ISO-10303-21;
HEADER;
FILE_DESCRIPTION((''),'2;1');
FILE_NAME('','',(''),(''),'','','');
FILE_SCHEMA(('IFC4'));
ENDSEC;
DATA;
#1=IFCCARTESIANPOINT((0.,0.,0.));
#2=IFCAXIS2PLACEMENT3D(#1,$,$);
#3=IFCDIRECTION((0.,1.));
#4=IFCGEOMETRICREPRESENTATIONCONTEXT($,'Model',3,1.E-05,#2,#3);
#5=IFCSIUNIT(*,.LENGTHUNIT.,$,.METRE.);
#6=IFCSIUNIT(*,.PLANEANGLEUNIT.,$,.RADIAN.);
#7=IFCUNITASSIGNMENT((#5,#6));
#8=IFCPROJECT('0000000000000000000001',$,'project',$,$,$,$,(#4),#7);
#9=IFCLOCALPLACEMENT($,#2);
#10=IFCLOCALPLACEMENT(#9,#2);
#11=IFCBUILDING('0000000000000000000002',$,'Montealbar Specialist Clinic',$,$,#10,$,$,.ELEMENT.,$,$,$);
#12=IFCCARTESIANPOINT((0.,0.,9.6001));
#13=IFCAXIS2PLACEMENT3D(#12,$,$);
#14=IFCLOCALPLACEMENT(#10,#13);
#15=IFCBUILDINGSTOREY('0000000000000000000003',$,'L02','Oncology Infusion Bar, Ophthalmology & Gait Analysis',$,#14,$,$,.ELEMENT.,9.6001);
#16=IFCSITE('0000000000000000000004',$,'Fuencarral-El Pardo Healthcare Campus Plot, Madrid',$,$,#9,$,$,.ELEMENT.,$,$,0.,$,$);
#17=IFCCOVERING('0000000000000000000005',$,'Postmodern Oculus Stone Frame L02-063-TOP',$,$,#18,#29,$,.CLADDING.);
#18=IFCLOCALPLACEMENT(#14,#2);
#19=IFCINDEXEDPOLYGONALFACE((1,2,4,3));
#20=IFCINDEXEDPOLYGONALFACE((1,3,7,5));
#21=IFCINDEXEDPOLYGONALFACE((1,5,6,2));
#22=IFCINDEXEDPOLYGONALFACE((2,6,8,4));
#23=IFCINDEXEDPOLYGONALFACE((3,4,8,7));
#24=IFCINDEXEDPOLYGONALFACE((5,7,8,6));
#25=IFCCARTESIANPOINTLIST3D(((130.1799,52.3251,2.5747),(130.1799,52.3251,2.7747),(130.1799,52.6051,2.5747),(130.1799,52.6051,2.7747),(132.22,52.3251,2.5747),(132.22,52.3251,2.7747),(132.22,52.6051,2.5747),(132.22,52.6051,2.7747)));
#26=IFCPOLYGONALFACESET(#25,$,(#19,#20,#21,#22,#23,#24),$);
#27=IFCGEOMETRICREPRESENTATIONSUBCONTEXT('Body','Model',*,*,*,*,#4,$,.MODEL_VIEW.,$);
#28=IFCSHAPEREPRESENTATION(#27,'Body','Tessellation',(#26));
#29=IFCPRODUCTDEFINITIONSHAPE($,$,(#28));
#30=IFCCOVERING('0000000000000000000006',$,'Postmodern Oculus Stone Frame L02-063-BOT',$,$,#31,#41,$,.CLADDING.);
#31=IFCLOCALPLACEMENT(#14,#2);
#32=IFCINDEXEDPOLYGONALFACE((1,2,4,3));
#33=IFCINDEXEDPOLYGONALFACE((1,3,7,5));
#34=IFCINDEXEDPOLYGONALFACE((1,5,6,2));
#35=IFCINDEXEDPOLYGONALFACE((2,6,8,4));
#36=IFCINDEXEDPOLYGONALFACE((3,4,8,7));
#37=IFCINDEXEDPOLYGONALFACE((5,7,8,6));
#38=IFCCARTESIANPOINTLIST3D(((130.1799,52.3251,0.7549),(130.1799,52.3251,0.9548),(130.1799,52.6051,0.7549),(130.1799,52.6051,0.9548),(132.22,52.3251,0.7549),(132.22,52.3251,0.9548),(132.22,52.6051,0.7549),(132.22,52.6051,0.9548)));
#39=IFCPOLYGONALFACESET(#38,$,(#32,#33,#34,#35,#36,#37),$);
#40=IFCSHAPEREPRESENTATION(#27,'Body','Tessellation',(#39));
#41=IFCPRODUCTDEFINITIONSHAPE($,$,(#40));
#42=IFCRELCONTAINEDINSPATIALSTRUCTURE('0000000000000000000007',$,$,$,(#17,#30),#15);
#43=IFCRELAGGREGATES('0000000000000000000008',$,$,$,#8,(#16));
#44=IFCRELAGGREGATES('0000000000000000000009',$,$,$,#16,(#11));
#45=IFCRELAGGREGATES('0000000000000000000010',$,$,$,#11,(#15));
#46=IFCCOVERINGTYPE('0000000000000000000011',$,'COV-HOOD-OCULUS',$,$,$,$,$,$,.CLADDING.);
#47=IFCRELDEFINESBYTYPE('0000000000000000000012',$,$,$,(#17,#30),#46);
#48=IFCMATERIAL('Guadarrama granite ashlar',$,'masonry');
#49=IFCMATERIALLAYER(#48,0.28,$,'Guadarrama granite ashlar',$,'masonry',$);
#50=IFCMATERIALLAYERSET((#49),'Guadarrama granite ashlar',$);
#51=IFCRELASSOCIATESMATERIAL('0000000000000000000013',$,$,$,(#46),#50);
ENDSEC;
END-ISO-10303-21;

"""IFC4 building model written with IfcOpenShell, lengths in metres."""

from ifc_helpers import new_model, si_unit, direction, frame, origin, origin_2d, place, context, subcontext, project, spatial, rectangle, extrude, material, layer, layer_set, type_object, element, save


model = new_model("IFC4")

# Units and contexts
model_context = context("Model", 3, precision=1e-05, world=origin(), true_north=direction((0.0, 1.0)))
body_context = subcontext(model_context, "Body", "Model", "MODEL_VIEW")
ifc_project = project(units=[si_unit("LENGTHUNIT", "METRE"), si_unit("PLANEANGLEUNIT", "RADIAN")], contexts=[model_context])

# Site, building, storey
site_placement = place(None, origin())
site = spatial("IfcSite", under=ifc_project, at=site_placement, Name="Fuencarral-El Pardo Healthcare Campus Plot, Madrid", CompositionType="ELEMENT", RefElevation=0.0)
building_placement = place(site_placement, origin())
building = spatial("IfcBuilding", under=site, at=building_placement, Name="Montealbar Specialist Clinic", CompositionType="ELEMENT")
storey_placement = place(building_placement, frame((0.0, 0.0, 9.6001)))
storey = spatial("IfcBuildingStorey", under=building, at=storey_placement, Name="L02", Description="Oncology Infusion Bar, Ophthalmology & Gait Analysis", CompositionType="ELEMENT", Elevation=9.6001)

# Shared definitions
ifc_material_1 = material(Name="Guadarrama granite ashlar", Category="masonry")

# Coverings
ifc_layer_1 = layer(ifc_material_1, 0.28, Name="Guadarrama granite ashlar", Category="masonry")
ifc_layer_set_1 = layer_set([ifc_layer_1], Name="Guadarrama granite ashlar")
covering_type_1 = type_object("IfcCoveringType", Name="COV-HOOD-OCULUS", PredefinedType="CLADDING", material=ifc_layer_set_1)
for number, where, z_axis, x_axis, name in (
    (1, (131.2, 52.4651, 2.5747), (0.0, 0.0, 1.0), (1.0, 0.0, 0.0), "Postmodern Oculus Stone Frame L02-063-TOP"),
    (2, (131.2, 52.4651, 0.7549), (0.0, 0.0, 1.0), (1.0, 0.0, 0.0), "Postmodern Oculus Stone Frame L02-063-BOT"),
):
    element("IfcCovering", number, at=place(storey_placement, frame(where, z_axis=z_axis, x_axis=x_axis)), inside=storey, type_object=covering_type_1, Name=name, PredefinedType="CLADDING", context=body_context, shape_type="SweptSolid", body=[
        extrude(rectangle(XDim=2.04, YDim=0.28, at=origin_2d()), origin(), (0.0, 0.0, 1.0), 0.2),
    ])

save(model, "model.ifc")
